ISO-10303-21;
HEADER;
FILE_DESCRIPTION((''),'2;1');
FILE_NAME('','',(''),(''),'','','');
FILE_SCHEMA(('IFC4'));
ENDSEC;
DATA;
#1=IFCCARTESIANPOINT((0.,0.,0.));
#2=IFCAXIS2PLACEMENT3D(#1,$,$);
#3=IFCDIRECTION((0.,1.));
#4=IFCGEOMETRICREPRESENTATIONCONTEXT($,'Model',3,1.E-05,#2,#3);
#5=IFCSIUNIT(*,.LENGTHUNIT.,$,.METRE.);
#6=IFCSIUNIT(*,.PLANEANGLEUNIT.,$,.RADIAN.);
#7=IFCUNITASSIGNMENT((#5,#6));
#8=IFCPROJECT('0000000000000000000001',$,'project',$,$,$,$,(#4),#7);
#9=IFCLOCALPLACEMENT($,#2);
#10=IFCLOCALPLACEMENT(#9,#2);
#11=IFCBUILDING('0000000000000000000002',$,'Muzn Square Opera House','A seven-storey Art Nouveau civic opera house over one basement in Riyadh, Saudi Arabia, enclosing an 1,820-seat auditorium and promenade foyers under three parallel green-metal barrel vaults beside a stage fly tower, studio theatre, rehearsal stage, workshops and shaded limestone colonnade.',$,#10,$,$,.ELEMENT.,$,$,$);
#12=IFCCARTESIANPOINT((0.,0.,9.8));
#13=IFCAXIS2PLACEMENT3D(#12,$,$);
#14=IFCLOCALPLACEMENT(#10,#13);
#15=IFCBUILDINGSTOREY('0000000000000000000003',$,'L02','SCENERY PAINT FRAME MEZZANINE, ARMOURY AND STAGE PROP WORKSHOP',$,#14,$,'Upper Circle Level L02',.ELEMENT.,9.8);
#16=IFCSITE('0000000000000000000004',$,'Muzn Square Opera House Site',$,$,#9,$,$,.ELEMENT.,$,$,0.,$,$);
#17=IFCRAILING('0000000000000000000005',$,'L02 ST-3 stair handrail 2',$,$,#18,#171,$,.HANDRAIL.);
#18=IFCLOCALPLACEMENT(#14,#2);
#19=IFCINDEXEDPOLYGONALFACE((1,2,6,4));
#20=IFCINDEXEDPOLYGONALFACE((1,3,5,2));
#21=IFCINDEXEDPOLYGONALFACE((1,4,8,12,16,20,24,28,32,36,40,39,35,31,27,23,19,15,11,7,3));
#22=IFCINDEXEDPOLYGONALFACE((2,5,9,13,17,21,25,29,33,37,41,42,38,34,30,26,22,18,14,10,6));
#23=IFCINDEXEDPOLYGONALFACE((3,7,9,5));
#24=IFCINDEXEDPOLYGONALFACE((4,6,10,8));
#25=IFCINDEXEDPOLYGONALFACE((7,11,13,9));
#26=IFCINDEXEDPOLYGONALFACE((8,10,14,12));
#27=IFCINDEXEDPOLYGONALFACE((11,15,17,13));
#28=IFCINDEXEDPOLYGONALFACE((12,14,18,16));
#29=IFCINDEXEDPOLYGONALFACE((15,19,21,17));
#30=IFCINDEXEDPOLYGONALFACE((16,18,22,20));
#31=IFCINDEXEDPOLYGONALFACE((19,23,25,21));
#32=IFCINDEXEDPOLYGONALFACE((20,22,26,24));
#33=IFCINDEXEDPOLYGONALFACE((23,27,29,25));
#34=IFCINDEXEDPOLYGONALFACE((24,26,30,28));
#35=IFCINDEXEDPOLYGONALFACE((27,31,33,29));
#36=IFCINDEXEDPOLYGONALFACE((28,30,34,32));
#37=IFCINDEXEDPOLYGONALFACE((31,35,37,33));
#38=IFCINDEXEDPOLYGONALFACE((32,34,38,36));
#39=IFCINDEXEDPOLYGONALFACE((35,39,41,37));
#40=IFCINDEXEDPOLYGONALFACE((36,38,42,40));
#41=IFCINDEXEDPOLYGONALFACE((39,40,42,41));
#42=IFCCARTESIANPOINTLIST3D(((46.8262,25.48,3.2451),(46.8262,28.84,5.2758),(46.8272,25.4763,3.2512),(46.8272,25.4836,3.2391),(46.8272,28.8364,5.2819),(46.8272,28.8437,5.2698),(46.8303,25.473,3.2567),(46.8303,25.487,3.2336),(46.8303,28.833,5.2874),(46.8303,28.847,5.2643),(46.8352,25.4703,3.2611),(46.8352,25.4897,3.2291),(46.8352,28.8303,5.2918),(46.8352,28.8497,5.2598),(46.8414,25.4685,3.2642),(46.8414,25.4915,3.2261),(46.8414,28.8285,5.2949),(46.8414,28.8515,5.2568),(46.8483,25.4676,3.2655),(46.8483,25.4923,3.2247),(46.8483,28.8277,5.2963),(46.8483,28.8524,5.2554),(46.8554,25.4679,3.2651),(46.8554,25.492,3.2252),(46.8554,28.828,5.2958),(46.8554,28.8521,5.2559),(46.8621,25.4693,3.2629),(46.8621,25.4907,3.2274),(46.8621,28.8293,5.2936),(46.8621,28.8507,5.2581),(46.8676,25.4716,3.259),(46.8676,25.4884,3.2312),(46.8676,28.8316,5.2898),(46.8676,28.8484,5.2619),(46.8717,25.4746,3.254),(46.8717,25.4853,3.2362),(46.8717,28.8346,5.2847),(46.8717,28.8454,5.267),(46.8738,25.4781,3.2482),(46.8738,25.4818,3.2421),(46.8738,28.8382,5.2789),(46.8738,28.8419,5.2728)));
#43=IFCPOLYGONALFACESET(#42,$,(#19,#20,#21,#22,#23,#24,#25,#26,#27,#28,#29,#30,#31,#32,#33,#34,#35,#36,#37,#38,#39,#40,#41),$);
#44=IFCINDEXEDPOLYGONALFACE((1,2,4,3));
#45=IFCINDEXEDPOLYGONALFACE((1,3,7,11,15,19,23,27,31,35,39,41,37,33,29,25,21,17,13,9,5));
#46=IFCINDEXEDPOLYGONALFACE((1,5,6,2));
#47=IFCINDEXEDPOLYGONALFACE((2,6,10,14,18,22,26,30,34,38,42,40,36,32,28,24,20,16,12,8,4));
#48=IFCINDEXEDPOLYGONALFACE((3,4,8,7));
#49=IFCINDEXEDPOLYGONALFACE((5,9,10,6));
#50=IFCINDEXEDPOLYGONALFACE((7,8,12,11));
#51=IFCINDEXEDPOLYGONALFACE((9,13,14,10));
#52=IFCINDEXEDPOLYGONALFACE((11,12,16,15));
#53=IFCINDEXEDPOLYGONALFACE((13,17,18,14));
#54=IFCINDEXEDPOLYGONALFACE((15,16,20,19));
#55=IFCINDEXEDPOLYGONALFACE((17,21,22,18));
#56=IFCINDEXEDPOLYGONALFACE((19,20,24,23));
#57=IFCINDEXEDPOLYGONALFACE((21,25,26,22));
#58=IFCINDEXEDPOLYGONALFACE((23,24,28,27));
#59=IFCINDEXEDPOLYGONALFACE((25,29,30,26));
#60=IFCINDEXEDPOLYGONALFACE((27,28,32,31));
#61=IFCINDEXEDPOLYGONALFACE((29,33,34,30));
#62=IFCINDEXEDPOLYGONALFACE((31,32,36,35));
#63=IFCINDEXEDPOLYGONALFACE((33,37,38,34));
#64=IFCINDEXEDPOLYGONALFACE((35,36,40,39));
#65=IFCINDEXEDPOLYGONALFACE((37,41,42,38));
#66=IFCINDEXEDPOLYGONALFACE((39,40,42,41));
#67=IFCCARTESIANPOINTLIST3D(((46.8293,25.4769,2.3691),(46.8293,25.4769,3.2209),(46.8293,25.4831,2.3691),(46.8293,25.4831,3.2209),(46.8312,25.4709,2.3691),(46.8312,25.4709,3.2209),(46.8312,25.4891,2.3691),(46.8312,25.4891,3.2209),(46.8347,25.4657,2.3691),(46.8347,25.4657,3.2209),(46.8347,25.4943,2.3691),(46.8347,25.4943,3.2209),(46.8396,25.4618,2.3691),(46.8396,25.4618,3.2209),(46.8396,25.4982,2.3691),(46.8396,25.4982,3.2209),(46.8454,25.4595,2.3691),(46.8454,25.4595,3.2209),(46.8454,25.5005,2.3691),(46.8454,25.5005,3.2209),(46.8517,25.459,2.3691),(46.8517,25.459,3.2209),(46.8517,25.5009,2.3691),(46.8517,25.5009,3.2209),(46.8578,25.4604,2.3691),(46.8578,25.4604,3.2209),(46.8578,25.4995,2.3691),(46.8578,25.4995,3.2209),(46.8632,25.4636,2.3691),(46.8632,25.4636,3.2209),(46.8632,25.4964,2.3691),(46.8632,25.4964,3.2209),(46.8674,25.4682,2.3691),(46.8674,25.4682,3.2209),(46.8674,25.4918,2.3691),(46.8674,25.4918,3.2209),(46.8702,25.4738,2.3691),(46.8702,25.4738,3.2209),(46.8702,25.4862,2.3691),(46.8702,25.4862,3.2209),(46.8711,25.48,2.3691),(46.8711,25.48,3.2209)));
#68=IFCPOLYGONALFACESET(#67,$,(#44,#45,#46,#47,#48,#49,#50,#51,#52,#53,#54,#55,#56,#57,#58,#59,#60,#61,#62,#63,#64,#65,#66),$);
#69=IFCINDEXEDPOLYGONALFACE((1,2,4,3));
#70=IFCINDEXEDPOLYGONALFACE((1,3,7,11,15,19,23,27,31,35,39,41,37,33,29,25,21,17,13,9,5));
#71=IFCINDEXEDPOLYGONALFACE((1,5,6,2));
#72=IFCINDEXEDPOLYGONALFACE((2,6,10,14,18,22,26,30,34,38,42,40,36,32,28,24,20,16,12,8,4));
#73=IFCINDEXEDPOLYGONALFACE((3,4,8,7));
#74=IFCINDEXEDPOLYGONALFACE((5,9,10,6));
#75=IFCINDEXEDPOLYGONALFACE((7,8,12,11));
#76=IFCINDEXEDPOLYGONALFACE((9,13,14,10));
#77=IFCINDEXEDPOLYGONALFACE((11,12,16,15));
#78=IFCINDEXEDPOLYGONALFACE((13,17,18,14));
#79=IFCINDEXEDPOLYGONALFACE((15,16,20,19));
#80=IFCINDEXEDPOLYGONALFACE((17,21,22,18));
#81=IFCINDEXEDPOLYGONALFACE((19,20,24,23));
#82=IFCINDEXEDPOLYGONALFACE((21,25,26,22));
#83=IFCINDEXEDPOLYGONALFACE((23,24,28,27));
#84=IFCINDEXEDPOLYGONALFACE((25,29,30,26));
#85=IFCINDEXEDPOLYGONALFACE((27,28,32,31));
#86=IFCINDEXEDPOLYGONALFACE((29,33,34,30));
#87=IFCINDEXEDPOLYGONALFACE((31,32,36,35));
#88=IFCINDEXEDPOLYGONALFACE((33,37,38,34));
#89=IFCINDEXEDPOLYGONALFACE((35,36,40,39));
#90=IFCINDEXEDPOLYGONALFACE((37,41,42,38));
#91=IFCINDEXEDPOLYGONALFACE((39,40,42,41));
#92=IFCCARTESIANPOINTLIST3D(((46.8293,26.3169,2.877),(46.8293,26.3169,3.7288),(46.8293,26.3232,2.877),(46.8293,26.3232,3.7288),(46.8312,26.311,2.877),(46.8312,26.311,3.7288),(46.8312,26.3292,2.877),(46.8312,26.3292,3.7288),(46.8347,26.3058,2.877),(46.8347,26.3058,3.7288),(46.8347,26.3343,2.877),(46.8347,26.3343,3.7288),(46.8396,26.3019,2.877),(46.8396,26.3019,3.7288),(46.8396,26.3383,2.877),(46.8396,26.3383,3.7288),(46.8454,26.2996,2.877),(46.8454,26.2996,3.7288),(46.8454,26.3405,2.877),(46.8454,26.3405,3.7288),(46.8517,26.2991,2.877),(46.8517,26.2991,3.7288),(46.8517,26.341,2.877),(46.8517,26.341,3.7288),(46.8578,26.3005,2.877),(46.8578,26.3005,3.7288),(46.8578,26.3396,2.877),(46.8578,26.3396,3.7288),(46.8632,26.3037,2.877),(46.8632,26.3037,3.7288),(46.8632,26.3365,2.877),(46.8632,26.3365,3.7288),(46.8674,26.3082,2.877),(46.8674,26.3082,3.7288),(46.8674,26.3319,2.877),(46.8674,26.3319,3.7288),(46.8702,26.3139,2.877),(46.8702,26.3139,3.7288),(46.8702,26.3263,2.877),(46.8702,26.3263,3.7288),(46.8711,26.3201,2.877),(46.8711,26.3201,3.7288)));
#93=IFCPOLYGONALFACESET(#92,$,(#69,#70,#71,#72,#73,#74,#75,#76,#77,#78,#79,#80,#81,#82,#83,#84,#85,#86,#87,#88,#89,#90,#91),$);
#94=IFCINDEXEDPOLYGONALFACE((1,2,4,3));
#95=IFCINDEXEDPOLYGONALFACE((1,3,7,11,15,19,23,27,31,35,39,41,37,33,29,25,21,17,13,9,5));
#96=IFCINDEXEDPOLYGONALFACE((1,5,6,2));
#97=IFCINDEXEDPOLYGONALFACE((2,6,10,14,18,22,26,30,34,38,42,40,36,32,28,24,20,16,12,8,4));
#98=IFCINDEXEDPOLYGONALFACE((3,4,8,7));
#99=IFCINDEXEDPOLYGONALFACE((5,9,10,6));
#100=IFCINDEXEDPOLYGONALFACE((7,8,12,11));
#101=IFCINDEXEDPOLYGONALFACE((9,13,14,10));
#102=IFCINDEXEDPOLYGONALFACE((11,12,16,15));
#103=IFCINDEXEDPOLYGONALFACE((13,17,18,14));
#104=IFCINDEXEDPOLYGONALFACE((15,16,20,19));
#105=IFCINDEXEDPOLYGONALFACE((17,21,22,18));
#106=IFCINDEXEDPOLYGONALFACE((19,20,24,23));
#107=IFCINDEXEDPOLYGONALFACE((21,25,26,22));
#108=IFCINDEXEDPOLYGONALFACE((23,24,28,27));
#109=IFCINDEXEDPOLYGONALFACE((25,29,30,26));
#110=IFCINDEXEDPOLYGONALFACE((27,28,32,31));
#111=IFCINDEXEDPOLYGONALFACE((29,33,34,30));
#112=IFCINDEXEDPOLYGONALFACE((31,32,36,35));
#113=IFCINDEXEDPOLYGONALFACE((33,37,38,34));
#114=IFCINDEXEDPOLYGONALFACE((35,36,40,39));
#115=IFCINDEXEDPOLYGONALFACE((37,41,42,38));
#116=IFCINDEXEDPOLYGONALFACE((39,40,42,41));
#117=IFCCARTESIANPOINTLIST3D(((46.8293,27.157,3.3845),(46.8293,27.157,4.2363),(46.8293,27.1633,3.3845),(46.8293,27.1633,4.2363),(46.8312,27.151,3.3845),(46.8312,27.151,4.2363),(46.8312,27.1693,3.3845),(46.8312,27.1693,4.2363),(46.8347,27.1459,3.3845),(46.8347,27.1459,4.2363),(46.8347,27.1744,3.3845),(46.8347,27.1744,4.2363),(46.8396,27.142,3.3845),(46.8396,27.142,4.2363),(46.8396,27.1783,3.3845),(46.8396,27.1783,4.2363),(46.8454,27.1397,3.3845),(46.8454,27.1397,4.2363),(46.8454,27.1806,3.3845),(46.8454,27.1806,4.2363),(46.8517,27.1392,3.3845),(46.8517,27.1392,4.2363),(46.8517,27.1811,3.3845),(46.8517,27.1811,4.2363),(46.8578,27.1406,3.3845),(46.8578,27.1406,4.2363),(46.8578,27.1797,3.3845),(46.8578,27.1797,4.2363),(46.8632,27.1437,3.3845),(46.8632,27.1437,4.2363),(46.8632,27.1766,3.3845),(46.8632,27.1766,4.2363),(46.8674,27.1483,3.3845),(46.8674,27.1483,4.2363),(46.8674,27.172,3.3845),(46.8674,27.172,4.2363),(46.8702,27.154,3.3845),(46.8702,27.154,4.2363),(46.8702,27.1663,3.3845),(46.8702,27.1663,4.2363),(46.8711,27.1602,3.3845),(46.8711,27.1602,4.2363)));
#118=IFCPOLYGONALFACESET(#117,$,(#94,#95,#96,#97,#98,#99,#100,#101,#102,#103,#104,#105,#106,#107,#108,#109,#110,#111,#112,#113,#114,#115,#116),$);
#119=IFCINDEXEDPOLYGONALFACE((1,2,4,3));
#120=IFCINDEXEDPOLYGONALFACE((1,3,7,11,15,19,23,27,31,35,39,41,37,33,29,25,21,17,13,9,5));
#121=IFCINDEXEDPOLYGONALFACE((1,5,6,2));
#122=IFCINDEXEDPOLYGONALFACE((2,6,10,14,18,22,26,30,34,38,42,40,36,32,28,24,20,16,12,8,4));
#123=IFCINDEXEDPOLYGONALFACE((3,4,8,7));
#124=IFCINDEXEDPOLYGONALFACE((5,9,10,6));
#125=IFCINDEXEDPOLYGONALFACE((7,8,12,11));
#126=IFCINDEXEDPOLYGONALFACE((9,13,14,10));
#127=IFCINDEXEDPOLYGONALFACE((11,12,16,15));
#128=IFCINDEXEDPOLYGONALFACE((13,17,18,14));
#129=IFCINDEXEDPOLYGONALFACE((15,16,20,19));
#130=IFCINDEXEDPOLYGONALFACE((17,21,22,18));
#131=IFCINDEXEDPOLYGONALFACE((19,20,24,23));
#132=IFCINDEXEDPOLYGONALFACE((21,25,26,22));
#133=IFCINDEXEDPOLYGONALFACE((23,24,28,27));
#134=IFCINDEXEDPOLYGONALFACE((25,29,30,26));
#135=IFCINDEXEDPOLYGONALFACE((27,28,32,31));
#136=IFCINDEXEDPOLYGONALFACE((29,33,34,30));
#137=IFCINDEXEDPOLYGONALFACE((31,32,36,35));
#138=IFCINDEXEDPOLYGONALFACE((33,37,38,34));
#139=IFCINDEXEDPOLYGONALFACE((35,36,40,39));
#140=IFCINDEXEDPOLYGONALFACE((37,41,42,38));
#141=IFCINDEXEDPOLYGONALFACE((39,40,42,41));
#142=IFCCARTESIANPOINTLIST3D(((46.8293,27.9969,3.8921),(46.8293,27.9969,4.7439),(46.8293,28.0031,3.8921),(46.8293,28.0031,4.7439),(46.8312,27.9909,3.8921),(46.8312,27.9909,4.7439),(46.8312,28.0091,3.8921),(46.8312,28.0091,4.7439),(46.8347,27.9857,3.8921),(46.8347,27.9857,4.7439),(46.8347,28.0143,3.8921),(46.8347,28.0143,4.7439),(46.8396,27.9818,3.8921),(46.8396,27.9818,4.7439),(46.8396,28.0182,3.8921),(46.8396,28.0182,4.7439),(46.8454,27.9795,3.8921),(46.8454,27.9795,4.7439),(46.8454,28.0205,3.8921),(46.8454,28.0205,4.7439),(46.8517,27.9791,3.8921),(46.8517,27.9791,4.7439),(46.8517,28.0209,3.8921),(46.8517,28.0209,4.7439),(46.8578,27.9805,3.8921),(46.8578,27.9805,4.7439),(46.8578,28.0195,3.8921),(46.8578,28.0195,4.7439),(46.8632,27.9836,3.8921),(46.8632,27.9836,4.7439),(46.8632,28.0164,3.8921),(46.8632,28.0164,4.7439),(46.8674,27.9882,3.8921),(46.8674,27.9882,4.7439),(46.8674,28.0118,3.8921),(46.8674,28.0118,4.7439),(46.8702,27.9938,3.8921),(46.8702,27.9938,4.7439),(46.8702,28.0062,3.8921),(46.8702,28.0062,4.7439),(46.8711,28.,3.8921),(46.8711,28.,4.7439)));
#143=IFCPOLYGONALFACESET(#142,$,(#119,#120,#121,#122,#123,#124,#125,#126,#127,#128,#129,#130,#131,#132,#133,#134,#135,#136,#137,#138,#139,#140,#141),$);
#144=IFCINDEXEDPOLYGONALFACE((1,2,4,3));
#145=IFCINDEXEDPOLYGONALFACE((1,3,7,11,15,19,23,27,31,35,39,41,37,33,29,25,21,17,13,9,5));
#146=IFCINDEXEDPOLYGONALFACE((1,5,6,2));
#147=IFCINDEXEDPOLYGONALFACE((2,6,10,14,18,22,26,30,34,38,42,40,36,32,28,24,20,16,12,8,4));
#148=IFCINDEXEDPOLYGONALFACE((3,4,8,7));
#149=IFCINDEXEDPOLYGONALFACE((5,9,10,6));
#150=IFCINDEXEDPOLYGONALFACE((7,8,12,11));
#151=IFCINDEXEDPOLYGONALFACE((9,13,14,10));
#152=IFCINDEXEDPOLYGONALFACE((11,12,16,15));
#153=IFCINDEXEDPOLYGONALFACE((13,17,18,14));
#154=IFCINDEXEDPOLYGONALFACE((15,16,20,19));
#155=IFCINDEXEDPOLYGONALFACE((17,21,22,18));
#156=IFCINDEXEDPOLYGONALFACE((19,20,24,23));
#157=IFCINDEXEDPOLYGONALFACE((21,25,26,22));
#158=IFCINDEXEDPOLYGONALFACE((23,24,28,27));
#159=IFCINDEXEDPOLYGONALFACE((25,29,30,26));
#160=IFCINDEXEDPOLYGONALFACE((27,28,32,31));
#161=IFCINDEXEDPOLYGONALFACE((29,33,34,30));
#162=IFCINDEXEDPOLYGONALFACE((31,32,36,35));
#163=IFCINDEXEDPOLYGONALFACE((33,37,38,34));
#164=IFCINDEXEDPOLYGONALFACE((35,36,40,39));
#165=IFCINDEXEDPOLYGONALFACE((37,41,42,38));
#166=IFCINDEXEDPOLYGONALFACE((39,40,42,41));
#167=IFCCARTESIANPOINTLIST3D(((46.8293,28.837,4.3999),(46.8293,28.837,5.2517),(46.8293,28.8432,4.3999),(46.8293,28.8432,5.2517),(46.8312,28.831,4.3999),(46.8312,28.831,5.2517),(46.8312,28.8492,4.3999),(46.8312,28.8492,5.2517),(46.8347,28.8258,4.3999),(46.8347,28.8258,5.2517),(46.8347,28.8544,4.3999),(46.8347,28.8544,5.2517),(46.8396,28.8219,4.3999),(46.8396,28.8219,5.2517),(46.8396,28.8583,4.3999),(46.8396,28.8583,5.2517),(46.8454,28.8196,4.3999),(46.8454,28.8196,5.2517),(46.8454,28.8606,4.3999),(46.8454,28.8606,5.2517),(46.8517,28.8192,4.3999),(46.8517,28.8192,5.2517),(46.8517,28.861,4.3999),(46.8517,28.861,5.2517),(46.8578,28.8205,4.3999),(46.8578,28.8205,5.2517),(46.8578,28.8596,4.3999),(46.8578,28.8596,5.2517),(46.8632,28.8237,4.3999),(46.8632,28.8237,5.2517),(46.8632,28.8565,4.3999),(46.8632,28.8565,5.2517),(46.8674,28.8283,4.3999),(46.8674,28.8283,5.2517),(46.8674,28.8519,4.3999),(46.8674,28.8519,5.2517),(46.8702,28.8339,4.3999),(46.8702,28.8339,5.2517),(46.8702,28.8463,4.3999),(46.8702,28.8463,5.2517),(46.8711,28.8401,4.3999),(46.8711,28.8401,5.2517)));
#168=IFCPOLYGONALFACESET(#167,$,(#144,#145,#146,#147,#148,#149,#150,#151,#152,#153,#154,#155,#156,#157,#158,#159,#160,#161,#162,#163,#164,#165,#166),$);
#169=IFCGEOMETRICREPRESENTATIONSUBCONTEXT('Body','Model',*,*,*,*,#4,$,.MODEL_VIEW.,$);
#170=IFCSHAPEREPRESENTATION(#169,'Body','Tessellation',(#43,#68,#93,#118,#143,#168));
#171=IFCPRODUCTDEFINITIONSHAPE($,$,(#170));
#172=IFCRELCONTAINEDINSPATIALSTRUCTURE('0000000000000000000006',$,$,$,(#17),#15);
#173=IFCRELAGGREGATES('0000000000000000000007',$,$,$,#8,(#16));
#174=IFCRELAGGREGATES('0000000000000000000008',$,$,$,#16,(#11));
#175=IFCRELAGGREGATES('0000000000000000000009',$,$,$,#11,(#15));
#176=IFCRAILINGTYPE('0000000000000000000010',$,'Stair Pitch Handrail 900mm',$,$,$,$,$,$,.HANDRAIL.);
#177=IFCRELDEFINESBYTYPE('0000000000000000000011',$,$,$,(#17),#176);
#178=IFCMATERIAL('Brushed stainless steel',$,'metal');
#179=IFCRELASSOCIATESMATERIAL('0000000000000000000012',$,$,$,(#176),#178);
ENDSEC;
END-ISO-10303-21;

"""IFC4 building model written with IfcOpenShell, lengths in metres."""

from ifc_helpers import new_model, si_unit, direction, frame, origin, origin_2d, place, context, subcontext, project, spatial, circle, extrude, material, type_object, element, save


model = new_model("IFC4")

# Units and contexts
model_context = context("Model", 3, precision=1e-05, world=origin(), true_north=direction((0.0, 1.0)))
body_context = subcontext(model_context, "Body", "Model", "MODEL_VIEW")
ifc_project = project(units=[si_unit("LENGTHUNIT", "METRE"), si_unit("PLANEANGLEUNIT", "RADIAN")], contexts=[model_context])

# Site, building, storey
site_placement = place(None, origin())
site = spatial("IfcSite", under=ifc_project, at=site_placement, Name="Muzn Square Opera House Site", CompositionType="ELEMENT", RefElevation=0.0)
building_placement = place(site_placement, origin())
building = spatial("IfcBuilding", under=site, at=building_placement, Name="Muzn Square Opera House", Description="A seven-storey Art Nouveau civic opera house over one basement in Riyadh, Saudi Arabia, enclosing an 1,820-seat auditorium and promenade foyers under three parallel green-metal barrel vaults beside a stage fly tower, studio theatre, rehearsal stage, workshops and shaded limestone colonnade.", CompositionType="ELEMENT")
storey_placement = place(building_placement, frame((0.0, 0.0, 9.8)))
storey = spatial("IfcBuildingStorey", under=building, at=storey_placement, Name="L02", Description="SCENERY PAINT FRAME MEZZANINE, ARMOURY AND STAGE PROP WORKSHOP", LongName="Upper Circle Level L02", CompositionType="ELEMENT", Elevation=9.8)

# Shared definitions
ifc_material_1 = material(Name="Brushed stainless steel", Category="metal")

# Railing
railing_type_1 = type_object("IfcRailingType", Name="Stair Pitch Handrail 900mm", PredefinedType="HANDRAIL", material=ifc_material_1)
railing_1_placement = place(storey_placement, frame((46.8501, 25.48, 2.3691)))
element("IfcRailing", 1, at=railing_1_placement, inside=storey, type_object=railing_type_1, Name="L02 ST-3 stair handrail 2", PredefinedType="HANDRAIL", context=body_context, shape_type="SweptSolid", body=[
    extrude(circle(Radius=0.0239, at=origin_2d()), frame((0.0, 0.0, 0.876), z_axis=(0.0, 0.855837, 0.517246), x_axis=(-1.0, 0.0, 0.0)), (0.0, 0.0, 1.0), 3.926),
    extrude(circle(Radius=0.021, at=origin_2d()), origin(), (0.0, 0.0, 1.0), 0.8518),
    extrude(circle(Radius=0.021, at=origin_2d()), frame((0.0, 0.8401, 0.5078)), (0.0, 0.0, 1.0), 0.8518),
    extrude(circle(Radius=0.021, at=origin_2d()), frame((0.0, 1.6802, 1.0154)), (0.0, 0.0, 1.0), 0.8518),
    extrude(circle(Radius=0.021, at=origin_2d()), frame((0.0, 2.52, 1.5229)), (0.0, 0.0, 1.0), 0.8518),
    extrude(circle(Radius=0.021, at=origin_2d()), frame((0.0, 3.3601, 2.0308)), (0.0, 0.0, 1.0), 0.8518),
])

save(model, "model.ifc")
